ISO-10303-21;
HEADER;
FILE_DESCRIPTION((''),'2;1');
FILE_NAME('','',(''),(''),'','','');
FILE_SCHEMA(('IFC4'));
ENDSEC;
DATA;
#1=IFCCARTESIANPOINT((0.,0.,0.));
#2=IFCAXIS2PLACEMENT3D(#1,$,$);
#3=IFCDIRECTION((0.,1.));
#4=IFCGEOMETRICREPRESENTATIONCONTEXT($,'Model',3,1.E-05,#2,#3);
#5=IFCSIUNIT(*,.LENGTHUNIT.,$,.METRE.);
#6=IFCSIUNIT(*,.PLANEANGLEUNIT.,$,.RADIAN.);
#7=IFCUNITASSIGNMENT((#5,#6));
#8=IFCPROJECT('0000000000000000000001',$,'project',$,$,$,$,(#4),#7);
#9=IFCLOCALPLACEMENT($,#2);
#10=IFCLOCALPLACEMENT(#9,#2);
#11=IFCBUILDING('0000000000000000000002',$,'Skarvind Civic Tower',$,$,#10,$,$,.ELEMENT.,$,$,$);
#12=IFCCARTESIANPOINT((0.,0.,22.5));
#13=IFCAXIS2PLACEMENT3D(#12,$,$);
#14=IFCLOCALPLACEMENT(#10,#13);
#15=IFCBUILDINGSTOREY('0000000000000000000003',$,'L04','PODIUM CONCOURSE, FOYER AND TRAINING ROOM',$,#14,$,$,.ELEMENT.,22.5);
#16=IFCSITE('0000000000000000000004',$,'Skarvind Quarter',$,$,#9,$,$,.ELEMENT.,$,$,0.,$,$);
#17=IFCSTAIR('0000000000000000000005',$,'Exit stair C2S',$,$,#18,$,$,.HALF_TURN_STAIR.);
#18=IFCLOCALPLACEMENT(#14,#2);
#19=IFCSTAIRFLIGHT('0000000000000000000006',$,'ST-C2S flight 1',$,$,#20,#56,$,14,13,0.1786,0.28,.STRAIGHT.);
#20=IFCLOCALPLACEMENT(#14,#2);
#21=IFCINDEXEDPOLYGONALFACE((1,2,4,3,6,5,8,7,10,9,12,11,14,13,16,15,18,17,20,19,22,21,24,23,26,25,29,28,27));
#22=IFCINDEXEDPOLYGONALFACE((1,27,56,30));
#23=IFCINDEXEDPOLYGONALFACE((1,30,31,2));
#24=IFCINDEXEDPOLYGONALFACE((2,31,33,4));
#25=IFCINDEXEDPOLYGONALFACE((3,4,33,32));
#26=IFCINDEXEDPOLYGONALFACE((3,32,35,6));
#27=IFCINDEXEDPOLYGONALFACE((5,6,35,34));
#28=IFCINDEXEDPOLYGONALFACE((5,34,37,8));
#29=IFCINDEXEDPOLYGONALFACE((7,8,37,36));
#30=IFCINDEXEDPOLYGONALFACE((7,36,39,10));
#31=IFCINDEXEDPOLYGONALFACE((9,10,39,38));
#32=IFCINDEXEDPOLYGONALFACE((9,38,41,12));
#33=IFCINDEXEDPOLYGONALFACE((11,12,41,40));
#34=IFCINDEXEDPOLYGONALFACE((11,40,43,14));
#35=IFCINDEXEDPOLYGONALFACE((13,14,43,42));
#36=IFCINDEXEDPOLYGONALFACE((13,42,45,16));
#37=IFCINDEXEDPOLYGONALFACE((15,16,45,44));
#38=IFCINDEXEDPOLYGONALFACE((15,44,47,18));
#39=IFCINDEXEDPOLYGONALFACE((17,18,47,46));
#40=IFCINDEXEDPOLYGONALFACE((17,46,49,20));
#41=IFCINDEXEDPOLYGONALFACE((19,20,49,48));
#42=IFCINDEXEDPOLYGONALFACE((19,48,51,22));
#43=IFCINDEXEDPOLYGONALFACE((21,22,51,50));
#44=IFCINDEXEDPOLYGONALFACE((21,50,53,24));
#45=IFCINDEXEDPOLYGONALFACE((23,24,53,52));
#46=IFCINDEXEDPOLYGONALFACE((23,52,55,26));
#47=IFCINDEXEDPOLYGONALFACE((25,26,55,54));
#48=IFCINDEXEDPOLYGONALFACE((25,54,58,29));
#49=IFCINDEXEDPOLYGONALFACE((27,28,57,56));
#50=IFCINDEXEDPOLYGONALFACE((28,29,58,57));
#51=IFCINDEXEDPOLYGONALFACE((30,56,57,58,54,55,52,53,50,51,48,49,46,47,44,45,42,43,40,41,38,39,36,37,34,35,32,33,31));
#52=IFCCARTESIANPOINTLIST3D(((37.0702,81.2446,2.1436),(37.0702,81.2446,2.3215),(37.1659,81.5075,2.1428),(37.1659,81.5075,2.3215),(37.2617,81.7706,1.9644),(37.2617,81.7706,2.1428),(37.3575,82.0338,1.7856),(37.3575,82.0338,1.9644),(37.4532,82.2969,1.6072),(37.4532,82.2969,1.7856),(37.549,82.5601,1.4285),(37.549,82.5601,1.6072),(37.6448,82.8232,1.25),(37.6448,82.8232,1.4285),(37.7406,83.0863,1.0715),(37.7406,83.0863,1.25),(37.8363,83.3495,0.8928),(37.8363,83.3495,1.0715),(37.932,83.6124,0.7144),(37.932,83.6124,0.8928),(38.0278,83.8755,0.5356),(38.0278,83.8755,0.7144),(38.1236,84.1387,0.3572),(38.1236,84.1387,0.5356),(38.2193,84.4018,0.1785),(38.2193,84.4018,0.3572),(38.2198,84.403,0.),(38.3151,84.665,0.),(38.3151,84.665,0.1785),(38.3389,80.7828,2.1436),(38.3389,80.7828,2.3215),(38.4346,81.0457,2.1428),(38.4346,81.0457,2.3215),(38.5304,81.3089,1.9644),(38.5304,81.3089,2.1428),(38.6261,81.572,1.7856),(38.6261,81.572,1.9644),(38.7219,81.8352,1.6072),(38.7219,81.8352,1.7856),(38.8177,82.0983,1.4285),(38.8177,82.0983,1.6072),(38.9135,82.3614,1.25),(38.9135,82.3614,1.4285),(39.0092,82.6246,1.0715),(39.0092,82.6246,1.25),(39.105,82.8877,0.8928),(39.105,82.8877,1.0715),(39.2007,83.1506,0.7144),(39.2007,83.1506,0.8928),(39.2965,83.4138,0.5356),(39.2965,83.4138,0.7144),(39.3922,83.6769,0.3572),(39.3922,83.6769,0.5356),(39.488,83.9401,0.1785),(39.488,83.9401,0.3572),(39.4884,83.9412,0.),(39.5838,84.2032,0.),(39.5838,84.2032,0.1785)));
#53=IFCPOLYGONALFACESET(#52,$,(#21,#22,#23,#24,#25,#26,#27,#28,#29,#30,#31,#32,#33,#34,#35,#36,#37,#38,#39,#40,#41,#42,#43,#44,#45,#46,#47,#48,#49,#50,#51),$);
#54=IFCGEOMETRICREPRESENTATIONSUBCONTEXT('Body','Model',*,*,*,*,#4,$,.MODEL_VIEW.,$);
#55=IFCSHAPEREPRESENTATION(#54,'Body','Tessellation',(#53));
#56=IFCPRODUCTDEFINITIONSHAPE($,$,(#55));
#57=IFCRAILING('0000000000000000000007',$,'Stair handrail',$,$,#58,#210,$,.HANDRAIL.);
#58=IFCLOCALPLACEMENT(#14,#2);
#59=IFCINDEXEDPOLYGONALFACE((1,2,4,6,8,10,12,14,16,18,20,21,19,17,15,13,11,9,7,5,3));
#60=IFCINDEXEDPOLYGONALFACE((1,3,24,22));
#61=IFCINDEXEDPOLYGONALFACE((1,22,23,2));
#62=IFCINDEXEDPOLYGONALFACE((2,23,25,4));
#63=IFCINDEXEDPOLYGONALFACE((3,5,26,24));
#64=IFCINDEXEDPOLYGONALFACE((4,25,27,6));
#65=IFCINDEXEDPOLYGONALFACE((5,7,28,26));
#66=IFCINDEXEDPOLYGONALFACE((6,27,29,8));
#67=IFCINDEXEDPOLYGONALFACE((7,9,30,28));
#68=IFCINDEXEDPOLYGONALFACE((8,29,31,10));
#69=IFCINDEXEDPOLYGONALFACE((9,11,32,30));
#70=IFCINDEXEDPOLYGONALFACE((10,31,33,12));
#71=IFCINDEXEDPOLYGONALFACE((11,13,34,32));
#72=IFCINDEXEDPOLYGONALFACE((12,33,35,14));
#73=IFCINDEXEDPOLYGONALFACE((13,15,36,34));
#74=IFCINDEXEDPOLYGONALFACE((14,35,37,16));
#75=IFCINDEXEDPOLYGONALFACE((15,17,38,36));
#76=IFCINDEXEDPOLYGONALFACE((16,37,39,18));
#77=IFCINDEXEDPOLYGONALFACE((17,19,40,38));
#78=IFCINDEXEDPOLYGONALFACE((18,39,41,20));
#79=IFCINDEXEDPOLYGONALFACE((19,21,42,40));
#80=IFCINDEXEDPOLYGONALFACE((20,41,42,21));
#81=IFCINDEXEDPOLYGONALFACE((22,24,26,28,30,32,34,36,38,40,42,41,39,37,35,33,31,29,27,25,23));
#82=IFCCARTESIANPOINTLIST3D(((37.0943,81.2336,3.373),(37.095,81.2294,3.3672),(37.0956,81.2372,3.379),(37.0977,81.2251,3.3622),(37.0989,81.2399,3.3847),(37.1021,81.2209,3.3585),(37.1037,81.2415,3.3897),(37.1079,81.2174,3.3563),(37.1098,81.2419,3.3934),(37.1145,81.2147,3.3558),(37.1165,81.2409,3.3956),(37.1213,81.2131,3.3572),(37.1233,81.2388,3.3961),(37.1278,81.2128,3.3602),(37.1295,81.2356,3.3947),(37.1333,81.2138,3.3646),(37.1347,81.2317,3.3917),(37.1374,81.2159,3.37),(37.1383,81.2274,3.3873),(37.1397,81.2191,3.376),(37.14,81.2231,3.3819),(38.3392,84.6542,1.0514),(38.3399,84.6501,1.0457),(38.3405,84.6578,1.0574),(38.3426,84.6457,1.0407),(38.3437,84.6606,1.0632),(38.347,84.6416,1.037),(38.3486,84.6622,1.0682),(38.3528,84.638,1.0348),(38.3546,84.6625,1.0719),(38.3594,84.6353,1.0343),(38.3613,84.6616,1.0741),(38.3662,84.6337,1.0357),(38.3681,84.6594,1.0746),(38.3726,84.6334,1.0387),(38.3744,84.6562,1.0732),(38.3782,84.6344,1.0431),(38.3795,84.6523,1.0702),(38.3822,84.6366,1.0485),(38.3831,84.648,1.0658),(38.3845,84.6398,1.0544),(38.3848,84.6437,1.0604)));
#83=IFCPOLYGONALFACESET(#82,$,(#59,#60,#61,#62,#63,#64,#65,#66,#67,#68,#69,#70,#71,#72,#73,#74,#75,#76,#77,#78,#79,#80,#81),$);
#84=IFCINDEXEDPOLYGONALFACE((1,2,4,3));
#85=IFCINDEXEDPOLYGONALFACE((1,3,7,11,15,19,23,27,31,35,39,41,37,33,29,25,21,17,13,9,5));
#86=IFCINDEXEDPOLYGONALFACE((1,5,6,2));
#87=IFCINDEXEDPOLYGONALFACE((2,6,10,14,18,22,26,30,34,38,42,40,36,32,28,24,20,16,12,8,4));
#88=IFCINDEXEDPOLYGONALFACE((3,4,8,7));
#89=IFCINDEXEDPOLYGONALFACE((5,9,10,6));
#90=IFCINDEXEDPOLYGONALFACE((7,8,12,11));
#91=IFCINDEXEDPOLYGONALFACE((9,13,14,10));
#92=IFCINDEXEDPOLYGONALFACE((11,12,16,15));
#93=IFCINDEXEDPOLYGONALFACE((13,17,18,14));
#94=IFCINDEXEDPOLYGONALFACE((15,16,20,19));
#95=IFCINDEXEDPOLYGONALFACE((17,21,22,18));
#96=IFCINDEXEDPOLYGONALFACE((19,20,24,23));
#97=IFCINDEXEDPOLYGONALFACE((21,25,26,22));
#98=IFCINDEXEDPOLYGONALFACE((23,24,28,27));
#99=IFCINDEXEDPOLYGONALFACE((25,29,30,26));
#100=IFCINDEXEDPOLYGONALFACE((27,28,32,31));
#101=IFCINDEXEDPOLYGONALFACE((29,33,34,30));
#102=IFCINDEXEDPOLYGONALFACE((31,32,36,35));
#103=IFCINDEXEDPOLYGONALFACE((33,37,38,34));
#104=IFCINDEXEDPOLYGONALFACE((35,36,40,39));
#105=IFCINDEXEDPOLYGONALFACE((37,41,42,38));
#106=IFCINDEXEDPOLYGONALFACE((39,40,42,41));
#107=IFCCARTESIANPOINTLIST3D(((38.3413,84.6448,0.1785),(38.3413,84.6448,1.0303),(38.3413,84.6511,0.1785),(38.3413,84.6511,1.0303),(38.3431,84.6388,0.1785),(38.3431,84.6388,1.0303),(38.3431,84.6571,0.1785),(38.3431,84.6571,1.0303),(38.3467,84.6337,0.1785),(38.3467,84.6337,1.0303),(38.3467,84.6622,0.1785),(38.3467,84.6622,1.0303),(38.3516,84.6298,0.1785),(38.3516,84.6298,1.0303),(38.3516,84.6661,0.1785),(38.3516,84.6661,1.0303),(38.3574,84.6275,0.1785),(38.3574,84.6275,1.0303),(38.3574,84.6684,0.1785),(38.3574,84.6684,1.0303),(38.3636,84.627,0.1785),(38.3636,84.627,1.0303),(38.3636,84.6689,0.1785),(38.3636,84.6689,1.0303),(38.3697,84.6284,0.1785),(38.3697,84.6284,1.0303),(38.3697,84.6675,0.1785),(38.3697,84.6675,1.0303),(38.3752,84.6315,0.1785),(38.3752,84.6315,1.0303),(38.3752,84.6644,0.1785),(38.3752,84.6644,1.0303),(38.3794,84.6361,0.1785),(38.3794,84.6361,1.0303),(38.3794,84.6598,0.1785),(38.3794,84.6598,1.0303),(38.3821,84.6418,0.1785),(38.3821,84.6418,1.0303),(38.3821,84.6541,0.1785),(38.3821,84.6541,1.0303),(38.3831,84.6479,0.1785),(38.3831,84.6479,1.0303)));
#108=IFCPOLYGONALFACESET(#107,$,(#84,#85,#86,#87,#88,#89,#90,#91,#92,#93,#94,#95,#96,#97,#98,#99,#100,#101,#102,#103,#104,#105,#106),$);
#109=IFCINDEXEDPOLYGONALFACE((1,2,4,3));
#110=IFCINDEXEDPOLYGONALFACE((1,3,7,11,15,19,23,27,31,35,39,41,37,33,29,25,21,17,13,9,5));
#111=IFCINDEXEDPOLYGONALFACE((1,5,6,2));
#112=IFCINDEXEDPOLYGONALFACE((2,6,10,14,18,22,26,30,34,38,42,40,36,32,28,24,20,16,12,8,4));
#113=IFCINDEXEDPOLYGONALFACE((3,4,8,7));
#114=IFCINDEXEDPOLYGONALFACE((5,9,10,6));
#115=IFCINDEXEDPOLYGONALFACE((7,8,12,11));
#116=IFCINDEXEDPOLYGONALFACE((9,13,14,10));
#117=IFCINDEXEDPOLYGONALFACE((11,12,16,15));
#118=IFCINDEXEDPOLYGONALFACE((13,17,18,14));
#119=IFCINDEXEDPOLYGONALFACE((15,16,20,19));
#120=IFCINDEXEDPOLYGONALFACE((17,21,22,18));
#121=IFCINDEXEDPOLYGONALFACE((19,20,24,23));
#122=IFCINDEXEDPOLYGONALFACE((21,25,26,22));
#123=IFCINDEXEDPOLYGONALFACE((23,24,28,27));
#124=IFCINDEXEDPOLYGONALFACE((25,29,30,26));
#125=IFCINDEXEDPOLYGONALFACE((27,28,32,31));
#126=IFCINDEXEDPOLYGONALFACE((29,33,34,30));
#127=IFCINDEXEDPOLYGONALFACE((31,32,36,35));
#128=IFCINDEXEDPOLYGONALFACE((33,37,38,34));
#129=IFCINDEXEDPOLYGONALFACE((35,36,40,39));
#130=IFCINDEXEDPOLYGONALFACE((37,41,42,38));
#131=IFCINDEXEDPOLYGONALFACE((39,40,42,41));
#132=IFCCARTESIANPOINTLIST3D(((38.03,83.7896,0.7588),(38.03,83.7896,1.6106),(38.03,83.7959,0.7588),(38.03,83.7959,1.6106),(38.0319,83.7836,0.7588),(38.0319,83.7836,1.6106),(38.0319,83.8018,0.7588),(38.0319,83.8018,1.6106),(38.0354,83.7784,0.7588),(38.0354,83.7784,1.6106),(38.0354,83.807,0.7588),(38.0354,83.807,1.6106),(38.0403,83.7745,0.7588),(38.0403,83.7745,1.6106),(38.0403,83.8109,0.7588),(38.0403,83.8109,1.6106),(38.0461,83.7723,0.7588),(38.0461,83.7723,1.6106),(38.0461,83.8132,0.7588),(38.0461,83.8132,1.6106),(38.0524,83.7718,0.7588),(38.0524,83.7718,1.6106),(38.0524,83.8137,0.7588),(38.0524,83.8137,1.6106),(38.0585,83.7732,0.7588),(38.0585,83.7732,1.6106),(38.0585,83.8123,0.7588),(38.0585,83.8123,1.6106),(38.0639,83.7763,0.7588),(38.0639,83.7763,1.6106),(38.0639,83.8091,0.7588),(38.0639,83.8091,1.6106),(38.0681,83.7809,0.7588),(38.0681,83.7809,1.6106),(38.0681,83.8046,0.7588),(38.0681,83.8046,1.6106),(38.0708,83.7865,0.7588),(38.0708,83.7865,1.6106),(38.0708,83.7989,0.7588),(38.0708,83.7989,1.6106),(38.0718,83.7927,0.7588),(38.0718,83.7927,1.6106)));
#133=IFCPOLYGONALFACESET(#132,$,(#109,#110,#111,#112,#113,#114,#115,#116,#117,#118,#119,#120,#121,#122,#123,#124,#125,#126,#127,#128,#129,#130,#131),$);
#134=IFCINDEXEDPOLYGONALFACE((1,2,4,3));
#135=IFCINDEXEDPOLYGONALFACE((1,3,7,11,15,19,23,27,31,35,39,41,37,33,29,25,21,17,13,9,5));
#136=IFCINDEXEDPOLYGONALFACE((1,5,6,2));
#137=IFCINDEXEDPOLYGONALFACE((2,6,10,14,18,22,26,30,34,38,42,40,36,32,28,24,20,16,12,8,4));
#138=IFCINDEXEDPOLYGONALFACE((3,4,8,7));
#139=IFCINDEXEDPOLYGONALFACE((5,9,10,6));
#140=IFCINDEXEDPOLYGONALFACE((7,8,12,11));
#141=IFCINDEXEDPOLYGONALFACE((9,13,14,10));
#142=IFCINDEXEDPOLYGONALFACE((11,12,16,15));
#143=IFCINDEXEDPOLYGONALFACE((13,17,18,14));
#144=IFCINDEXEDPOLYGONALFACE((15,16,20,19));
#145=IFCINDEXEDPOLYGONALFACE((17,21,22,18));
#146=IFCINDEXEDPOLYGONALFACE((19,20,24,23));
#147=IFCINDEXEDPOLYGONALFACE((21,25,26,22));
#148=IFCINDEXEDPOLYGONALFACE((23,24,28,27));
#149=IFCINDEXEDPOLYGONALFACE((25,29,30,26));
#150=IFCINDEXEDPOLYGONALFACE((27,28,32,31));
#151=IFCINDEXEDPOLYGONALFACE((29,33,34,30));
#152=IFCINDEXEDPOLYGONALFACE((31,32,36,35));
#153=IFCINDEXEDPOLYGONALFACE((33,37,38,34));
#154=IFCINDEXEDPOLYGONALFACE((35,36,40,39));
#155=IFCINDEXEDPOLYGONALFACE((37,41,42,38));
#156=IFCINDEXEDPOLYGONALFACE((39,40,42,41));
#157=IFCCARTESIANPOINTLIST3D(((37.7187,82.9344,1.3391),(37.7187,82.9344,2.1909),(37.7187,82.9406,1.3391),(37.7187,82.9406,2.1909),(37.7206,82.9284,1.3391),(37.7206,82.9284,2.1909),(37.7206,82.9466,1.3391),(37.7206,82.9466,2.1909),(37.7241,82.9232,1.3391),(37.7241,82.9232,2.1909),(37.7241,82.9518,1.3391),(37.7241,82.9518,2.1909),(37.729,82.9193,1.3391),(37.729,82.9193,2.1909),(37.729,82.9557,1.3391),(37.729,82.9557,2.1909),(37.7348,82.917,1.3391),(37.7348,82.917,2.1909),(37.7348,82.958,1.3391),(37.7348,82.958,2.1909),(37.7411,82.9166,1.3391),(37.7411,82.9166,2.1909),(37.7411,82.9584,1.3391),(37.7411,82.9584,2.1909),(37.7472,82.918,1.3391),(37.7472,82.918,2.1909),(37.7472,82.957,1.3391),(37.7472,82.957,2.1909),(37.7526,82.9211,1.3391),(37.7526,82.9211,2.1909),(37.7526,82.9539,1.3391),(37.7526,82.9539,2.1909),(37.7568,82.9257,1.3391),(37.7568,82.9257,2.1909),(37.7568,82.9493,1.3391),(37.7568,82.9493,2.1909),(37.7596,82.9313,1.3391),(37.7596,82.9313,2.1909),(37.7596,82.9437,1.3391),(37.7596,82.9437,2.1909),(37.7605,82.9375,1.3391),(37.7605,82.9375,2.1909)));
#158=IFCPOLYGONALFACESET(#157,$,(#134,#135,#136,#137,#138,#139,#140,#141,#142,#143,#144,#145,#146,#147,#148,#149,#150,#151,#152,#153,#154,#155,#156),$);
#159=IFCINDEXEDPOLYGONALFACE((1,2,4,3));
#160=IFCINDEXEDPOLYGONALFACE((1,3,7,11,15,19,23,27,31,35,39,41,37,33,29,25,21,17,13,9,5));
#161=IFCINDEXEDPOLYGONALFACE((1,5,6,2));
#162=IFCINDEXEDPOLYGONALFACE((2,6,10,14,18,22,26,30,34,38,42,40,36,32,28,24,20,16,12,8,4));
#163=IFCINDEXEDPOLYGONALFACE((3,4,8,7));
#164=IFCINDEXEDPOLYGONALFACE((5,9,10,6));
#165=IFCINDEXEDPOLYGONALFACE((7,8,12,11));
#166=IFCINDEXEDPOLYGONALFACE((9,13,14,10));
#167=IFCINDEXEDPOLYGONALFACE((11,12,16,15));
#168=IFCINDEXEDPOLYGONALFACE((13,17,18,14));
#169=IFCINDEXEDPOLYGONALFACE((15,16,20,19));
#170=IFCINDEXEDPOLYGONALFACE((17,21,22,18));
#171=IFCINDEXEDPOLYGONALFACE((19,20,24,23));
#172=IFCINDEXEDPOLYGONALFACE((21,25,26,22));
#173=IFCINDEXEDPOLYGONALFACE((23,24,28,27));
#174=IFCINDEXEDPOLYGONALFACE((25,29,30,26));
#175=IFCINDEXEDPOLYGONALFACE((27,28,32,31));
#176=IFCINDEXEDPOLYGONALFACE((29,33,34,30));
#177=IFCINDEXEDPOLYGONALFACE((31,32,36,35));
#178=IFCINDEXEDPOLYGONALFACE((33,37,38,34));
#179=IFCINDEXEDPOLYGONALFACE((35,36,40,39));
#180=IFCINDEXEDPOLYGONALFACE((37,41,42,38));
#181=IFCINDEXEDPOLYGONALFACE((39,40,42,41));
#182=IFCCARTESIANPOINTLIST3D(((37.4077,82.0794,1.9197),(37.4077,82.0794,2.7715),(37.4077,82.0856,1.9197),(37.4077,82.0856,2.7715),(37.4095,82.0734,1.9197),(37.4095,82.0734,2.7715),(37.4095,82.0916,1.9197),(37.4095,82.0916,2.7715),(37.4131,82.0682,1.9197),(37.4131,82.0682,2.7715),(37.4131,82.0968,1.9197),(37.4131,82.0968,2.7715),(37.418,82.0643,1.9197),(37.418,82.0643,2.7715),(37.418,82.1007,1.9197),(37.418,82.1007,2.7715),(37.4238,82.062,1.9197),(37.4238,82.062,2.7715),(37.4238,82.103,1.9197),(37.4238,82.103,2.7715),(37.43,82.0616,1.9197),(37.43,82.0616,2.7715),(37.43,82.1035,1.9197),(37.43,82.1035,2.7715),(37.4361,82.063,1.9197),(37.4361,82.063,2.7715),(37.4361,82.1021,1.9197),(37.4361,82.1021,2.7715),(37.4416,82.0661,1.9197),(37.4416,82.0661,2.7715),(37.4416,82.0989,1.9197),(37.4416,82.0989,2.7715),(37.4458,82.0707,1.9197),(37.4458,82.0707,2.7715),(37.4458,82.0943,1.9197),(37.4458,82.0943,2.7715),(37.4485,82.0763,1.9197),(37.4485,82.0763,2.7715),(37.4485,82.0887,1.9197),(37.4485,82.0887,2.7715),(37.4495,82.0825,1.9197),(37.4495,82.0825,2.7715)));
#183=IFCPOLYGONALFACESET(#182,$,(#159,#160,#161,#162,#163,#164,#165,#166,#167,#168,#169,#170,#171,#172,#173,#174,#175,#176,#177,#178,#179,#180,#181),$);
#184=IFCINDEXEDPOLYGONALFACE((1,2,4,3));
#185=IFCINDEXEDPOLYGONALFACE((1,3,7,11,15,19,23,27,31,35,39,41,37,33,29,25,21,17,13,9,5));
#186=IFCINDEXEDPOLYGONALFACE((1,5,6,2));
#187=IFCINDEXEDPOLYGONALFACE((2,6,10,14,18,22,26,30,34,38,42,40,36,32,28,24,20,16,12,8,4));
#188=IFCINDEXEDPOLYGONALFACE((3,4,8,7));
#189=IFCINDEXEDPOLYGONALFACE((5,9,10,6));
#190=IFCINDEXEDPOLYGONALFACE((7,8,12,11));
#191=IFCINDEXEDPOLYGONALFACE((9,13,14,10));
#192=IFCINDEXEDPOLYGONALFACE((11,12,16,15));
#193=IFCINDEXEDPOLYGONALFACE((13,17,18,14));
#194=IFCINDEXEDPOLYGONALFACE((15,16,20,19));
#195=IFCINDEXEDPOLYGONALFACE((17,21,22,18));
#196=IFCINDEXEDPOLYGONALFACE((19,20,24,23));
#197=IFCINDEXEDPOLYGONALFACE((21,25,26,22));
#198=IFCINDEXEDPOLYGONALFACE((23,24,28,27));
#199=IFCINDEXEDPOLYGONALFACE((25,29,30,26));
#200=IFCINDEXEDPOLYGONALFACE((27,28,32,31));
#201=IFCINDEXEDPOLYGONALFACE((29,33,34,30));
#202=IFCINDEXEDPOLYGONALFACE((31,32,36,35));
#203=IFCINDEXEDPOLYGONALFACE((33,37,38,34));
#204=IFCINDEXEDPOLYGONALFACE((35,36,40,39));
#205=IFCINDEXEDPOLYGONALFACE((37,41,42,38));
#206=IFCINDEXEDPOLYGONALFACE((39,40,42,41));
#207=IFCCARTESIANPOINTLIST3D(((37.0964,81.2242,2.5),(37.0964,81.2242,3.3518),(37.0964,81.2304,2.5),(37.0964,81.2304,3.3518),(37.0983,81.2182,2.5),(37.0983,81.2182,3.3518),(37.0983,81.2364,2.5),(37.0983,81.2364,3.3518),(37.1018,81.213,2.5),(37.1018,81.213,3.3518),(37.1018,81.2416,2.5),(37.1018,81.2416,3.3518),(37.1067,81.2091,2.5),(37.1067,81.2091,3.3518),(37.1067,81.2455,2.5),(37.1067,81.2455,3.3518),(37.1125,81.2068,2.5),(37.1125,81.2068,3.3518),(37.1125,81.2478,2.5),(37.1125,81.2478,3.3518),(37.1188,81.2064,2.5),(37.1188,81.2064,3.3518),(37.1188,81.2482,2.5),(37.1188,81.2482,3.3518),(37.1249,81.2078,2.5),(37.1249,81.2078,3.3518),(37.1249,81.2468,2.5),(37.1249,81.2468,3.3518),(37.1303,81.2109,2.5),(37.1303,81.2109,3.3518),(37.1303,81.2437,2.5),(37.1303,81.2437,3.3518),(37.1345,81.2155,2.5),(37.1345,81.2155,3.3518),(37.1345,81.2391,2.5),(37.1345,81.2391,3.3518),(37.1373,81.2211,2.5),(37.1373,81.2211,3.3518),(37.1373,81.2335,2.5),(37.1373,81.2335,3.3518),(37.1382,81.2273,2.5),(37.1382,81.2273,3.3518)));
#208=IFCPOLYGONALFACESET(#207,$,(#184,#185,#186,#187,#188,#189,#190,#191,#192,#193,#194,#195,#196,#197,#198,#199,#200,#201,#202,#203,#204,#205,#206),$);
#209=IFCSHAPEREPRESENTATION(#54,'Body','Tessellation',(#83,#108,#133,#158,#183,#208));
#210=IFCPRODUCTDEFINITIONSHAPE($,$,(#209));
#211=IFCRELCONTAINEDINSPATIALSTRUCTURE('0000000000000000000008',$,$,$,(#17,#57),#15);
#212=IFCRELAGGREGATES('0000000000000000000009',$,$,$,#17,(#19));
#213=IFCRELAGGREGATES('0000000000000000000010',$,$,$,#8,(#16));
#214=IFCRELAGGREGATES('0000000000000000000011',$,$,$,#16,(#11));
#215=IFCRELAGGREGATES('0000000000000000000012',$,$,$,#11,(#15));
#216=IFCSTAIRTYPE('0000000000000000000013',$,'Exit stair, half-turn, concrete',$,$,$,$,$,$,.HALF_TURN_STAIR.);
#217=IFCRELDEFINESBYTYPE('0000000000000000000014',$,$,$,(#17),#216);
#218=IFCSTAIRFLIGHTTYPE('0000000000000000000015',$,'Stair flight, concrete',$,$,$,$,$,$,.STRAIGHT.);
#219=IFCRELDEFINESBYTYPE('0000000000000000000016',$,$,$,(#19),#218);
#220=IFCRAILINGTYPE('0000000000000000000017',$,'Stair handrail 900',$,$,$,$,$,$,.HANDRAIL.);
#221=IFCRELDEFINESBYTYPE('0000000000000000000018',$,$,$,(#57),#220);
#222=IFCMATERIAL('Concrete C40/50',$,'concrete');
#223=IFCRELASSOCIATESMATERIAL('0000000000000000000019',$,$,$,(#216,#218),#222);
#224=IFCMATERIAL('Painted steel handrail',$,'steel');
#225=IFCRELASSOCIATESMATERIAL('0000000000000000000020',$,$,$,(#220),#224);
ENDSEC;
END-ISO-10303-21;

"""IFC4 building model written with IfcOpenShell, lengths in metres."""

from ifc_helpers import new_model, si_unit, direction, frame, origin, origin_2d, place, context, subcontext, project, spatial, polyline, circle, outline, extrude, material, type_object, element, aggregate, save


model = new_model("IFC4")

# Units and contexts
model_context = context("Model", 3, precision=1e-05, world=origin(), true_north=direction((0.0, 1.0)))
body_context = subcontext(model_context, "Body", "Model", "MODEL_VIEW")
ifc_project = project(units=[si_unit("LENGTHUNIT", "METRE"), si_unit("PLANEANGLEUNIT", "RADIAN")], contexts=[model_context])

# Site, building, storey
site_placement = place(None, origin())
site = spatial("IfcSite", under=ifc_project, at=site_placement, Name="Skarvind Quarter", CompositionType="ELEMENT", RefElevation=0.0)
building_placement = place(site_placement, origin())
building = spatial("IfcBuilding", under=site, at=building_placement, Name="Skarvind Civic Tower", CompositionType="ELEMENT")
storey_placement = place(building_placement, frame((0.0, 0.0, 22.5)))
storey = spatial("IfcBuildingStorey", under=building, at=storey_placement, Name="L04", Description="PODIUM CONCOURSE, FOYER AND TRAINING ROOM", CompositionType="ELEMENT", Elevation=22.5)

# Stair, stair flight
ifc_material_1 = material(Name="Concrete C40/50", Category="concrete")
stair_type = type_object("IfcStairType", Name="Exit stair, half-turn, concrete", PredefinedType="HALF_TURN_STAIR", material=ifc_material_1)
stair_placement = place(storey_placement, origin())
stair = element("IfcStair", 1, at=stair_placement, inside=storey, type_object=stair_type, Name="Exit stair C2S", PredefinedType="HALF_TURN_STAIR")
stair_flight_type = type_object("IfcStairFlightType", Name="Stair flight, concrete", PredefinedType="STRAIGHT", material=ifc_material_1)
stair_flight_placement = place(storey_placement, frame((38.9495, 84.4341, 0.0), z_axis=(0.0, 0.0, 1.0), x_axis=(-0.34202, -0.939693, 0.0)))
stair_flight = element("IfcStairFlight", 2, at=stair_flight_placement, type_object=stair_flight_type, Name="ST-C2S flight 1", NumberOfRisers=14, NumberOfTreads=13, PredefinedType="STRAIGHT", RiserHeight=0.1786, TreadLength=0.28, context=body_context, shape_type="SweptSolid", body=[
    extrude(outline(polyline([(0.0, 0.0), (0.0, 0.1785), (0.28, 0.1785), (0.28, 0.3572), (0.5601, 0.3572), (0.5601, 0.5356), (0.8401, 0.5356), (0.8401, 0.7144), (1.1201, 0.7144), (1.1201, 0.8928), (1.3999, 0.8928), (1.3999, 1.0715), (1.6799, 1.0715), (1.6799, 1.25), (1.96, 1.25), (1.96, 1.4285), (2.24, 1.4285), (2.24, 1.6072), (2.52, 1.6072), (2.52, 1.7856), (2.8, 1.7856), (2.8, 1.9644), (3.0801, 1.9644), (3.0801, 2.1428), (3.3601, 2.1428), (3.3601, 2.3215), (3.6399, 2.3215), (3.6399, 2.5), (3.6399, 2.1436), (0.2788, 0.0), (0.0, 0.0)])), frame((0.0, 0.675, 0.0), z_axis=(0.0, -1.0, 0.0), x_axis=(1.0, 0.0, 0.0)), (0.0, 0.0, 1.0), 1.3501),
])
aggregate(stair, [stair_flight])

# Railing
ifc_material_2 = material(Name="Painted steel handrail", Category="steel")
railing_type = type_object("IfcRailingType", Name="Stair handrail 900", PredefinedType="HANDRAIL", material=ifc_material_2)
railing_placement = place(storey_placement, frame((38.3621, 84.6479, 0.1785)))
element("IfcRailing", 3, at=railing_placement, inside=storey, type_object=railing_type, Name="Stair handrail", PredefinedType="HANDRAIL", context=body_context, shape_type="SweptSolid", body=[
    extrude(circle(Radius=0.0239, at=origin_2d()), frame((0.0, 0.0, 0.876), z_axis=(-0.288337, -0.792292, 0.537713), x_axis=(0.939705, -0.341985, 0.0)), (0.0, 0.0, 1.0), 4.3174),
    extrude(circle(Radius=0.021, at=origin_2d()), origin(), (0.0, 0.0, 1.0), 0.8518),
    extrude(circle(Radius=0.021, at=origin_2d()), frame((-0.3113, -0.8552, 0.5803)), (0.0, 0.0, 1.0), 0.8518),
    extrude(circle(Radius=0.021, at=origin_2d()), frame((-0.6226, -1.7104, 1.1606)), (0.0, 0.0, 1.0), 0.8518),
    extrude(circle(Radius=0.021, at=origin_2d()), frame((-0.9336, -2.5654, 1.7412)), (0.0, 0.0, 1.0), 0.8518),
    extrude(circle(Radius=0.021, at=origin_2d()), frame((-1.2449, -3.4207, 2.3215)), (0.0, 0.0, 1.0), 0.8518),
])

save(model, "model.ifc")
